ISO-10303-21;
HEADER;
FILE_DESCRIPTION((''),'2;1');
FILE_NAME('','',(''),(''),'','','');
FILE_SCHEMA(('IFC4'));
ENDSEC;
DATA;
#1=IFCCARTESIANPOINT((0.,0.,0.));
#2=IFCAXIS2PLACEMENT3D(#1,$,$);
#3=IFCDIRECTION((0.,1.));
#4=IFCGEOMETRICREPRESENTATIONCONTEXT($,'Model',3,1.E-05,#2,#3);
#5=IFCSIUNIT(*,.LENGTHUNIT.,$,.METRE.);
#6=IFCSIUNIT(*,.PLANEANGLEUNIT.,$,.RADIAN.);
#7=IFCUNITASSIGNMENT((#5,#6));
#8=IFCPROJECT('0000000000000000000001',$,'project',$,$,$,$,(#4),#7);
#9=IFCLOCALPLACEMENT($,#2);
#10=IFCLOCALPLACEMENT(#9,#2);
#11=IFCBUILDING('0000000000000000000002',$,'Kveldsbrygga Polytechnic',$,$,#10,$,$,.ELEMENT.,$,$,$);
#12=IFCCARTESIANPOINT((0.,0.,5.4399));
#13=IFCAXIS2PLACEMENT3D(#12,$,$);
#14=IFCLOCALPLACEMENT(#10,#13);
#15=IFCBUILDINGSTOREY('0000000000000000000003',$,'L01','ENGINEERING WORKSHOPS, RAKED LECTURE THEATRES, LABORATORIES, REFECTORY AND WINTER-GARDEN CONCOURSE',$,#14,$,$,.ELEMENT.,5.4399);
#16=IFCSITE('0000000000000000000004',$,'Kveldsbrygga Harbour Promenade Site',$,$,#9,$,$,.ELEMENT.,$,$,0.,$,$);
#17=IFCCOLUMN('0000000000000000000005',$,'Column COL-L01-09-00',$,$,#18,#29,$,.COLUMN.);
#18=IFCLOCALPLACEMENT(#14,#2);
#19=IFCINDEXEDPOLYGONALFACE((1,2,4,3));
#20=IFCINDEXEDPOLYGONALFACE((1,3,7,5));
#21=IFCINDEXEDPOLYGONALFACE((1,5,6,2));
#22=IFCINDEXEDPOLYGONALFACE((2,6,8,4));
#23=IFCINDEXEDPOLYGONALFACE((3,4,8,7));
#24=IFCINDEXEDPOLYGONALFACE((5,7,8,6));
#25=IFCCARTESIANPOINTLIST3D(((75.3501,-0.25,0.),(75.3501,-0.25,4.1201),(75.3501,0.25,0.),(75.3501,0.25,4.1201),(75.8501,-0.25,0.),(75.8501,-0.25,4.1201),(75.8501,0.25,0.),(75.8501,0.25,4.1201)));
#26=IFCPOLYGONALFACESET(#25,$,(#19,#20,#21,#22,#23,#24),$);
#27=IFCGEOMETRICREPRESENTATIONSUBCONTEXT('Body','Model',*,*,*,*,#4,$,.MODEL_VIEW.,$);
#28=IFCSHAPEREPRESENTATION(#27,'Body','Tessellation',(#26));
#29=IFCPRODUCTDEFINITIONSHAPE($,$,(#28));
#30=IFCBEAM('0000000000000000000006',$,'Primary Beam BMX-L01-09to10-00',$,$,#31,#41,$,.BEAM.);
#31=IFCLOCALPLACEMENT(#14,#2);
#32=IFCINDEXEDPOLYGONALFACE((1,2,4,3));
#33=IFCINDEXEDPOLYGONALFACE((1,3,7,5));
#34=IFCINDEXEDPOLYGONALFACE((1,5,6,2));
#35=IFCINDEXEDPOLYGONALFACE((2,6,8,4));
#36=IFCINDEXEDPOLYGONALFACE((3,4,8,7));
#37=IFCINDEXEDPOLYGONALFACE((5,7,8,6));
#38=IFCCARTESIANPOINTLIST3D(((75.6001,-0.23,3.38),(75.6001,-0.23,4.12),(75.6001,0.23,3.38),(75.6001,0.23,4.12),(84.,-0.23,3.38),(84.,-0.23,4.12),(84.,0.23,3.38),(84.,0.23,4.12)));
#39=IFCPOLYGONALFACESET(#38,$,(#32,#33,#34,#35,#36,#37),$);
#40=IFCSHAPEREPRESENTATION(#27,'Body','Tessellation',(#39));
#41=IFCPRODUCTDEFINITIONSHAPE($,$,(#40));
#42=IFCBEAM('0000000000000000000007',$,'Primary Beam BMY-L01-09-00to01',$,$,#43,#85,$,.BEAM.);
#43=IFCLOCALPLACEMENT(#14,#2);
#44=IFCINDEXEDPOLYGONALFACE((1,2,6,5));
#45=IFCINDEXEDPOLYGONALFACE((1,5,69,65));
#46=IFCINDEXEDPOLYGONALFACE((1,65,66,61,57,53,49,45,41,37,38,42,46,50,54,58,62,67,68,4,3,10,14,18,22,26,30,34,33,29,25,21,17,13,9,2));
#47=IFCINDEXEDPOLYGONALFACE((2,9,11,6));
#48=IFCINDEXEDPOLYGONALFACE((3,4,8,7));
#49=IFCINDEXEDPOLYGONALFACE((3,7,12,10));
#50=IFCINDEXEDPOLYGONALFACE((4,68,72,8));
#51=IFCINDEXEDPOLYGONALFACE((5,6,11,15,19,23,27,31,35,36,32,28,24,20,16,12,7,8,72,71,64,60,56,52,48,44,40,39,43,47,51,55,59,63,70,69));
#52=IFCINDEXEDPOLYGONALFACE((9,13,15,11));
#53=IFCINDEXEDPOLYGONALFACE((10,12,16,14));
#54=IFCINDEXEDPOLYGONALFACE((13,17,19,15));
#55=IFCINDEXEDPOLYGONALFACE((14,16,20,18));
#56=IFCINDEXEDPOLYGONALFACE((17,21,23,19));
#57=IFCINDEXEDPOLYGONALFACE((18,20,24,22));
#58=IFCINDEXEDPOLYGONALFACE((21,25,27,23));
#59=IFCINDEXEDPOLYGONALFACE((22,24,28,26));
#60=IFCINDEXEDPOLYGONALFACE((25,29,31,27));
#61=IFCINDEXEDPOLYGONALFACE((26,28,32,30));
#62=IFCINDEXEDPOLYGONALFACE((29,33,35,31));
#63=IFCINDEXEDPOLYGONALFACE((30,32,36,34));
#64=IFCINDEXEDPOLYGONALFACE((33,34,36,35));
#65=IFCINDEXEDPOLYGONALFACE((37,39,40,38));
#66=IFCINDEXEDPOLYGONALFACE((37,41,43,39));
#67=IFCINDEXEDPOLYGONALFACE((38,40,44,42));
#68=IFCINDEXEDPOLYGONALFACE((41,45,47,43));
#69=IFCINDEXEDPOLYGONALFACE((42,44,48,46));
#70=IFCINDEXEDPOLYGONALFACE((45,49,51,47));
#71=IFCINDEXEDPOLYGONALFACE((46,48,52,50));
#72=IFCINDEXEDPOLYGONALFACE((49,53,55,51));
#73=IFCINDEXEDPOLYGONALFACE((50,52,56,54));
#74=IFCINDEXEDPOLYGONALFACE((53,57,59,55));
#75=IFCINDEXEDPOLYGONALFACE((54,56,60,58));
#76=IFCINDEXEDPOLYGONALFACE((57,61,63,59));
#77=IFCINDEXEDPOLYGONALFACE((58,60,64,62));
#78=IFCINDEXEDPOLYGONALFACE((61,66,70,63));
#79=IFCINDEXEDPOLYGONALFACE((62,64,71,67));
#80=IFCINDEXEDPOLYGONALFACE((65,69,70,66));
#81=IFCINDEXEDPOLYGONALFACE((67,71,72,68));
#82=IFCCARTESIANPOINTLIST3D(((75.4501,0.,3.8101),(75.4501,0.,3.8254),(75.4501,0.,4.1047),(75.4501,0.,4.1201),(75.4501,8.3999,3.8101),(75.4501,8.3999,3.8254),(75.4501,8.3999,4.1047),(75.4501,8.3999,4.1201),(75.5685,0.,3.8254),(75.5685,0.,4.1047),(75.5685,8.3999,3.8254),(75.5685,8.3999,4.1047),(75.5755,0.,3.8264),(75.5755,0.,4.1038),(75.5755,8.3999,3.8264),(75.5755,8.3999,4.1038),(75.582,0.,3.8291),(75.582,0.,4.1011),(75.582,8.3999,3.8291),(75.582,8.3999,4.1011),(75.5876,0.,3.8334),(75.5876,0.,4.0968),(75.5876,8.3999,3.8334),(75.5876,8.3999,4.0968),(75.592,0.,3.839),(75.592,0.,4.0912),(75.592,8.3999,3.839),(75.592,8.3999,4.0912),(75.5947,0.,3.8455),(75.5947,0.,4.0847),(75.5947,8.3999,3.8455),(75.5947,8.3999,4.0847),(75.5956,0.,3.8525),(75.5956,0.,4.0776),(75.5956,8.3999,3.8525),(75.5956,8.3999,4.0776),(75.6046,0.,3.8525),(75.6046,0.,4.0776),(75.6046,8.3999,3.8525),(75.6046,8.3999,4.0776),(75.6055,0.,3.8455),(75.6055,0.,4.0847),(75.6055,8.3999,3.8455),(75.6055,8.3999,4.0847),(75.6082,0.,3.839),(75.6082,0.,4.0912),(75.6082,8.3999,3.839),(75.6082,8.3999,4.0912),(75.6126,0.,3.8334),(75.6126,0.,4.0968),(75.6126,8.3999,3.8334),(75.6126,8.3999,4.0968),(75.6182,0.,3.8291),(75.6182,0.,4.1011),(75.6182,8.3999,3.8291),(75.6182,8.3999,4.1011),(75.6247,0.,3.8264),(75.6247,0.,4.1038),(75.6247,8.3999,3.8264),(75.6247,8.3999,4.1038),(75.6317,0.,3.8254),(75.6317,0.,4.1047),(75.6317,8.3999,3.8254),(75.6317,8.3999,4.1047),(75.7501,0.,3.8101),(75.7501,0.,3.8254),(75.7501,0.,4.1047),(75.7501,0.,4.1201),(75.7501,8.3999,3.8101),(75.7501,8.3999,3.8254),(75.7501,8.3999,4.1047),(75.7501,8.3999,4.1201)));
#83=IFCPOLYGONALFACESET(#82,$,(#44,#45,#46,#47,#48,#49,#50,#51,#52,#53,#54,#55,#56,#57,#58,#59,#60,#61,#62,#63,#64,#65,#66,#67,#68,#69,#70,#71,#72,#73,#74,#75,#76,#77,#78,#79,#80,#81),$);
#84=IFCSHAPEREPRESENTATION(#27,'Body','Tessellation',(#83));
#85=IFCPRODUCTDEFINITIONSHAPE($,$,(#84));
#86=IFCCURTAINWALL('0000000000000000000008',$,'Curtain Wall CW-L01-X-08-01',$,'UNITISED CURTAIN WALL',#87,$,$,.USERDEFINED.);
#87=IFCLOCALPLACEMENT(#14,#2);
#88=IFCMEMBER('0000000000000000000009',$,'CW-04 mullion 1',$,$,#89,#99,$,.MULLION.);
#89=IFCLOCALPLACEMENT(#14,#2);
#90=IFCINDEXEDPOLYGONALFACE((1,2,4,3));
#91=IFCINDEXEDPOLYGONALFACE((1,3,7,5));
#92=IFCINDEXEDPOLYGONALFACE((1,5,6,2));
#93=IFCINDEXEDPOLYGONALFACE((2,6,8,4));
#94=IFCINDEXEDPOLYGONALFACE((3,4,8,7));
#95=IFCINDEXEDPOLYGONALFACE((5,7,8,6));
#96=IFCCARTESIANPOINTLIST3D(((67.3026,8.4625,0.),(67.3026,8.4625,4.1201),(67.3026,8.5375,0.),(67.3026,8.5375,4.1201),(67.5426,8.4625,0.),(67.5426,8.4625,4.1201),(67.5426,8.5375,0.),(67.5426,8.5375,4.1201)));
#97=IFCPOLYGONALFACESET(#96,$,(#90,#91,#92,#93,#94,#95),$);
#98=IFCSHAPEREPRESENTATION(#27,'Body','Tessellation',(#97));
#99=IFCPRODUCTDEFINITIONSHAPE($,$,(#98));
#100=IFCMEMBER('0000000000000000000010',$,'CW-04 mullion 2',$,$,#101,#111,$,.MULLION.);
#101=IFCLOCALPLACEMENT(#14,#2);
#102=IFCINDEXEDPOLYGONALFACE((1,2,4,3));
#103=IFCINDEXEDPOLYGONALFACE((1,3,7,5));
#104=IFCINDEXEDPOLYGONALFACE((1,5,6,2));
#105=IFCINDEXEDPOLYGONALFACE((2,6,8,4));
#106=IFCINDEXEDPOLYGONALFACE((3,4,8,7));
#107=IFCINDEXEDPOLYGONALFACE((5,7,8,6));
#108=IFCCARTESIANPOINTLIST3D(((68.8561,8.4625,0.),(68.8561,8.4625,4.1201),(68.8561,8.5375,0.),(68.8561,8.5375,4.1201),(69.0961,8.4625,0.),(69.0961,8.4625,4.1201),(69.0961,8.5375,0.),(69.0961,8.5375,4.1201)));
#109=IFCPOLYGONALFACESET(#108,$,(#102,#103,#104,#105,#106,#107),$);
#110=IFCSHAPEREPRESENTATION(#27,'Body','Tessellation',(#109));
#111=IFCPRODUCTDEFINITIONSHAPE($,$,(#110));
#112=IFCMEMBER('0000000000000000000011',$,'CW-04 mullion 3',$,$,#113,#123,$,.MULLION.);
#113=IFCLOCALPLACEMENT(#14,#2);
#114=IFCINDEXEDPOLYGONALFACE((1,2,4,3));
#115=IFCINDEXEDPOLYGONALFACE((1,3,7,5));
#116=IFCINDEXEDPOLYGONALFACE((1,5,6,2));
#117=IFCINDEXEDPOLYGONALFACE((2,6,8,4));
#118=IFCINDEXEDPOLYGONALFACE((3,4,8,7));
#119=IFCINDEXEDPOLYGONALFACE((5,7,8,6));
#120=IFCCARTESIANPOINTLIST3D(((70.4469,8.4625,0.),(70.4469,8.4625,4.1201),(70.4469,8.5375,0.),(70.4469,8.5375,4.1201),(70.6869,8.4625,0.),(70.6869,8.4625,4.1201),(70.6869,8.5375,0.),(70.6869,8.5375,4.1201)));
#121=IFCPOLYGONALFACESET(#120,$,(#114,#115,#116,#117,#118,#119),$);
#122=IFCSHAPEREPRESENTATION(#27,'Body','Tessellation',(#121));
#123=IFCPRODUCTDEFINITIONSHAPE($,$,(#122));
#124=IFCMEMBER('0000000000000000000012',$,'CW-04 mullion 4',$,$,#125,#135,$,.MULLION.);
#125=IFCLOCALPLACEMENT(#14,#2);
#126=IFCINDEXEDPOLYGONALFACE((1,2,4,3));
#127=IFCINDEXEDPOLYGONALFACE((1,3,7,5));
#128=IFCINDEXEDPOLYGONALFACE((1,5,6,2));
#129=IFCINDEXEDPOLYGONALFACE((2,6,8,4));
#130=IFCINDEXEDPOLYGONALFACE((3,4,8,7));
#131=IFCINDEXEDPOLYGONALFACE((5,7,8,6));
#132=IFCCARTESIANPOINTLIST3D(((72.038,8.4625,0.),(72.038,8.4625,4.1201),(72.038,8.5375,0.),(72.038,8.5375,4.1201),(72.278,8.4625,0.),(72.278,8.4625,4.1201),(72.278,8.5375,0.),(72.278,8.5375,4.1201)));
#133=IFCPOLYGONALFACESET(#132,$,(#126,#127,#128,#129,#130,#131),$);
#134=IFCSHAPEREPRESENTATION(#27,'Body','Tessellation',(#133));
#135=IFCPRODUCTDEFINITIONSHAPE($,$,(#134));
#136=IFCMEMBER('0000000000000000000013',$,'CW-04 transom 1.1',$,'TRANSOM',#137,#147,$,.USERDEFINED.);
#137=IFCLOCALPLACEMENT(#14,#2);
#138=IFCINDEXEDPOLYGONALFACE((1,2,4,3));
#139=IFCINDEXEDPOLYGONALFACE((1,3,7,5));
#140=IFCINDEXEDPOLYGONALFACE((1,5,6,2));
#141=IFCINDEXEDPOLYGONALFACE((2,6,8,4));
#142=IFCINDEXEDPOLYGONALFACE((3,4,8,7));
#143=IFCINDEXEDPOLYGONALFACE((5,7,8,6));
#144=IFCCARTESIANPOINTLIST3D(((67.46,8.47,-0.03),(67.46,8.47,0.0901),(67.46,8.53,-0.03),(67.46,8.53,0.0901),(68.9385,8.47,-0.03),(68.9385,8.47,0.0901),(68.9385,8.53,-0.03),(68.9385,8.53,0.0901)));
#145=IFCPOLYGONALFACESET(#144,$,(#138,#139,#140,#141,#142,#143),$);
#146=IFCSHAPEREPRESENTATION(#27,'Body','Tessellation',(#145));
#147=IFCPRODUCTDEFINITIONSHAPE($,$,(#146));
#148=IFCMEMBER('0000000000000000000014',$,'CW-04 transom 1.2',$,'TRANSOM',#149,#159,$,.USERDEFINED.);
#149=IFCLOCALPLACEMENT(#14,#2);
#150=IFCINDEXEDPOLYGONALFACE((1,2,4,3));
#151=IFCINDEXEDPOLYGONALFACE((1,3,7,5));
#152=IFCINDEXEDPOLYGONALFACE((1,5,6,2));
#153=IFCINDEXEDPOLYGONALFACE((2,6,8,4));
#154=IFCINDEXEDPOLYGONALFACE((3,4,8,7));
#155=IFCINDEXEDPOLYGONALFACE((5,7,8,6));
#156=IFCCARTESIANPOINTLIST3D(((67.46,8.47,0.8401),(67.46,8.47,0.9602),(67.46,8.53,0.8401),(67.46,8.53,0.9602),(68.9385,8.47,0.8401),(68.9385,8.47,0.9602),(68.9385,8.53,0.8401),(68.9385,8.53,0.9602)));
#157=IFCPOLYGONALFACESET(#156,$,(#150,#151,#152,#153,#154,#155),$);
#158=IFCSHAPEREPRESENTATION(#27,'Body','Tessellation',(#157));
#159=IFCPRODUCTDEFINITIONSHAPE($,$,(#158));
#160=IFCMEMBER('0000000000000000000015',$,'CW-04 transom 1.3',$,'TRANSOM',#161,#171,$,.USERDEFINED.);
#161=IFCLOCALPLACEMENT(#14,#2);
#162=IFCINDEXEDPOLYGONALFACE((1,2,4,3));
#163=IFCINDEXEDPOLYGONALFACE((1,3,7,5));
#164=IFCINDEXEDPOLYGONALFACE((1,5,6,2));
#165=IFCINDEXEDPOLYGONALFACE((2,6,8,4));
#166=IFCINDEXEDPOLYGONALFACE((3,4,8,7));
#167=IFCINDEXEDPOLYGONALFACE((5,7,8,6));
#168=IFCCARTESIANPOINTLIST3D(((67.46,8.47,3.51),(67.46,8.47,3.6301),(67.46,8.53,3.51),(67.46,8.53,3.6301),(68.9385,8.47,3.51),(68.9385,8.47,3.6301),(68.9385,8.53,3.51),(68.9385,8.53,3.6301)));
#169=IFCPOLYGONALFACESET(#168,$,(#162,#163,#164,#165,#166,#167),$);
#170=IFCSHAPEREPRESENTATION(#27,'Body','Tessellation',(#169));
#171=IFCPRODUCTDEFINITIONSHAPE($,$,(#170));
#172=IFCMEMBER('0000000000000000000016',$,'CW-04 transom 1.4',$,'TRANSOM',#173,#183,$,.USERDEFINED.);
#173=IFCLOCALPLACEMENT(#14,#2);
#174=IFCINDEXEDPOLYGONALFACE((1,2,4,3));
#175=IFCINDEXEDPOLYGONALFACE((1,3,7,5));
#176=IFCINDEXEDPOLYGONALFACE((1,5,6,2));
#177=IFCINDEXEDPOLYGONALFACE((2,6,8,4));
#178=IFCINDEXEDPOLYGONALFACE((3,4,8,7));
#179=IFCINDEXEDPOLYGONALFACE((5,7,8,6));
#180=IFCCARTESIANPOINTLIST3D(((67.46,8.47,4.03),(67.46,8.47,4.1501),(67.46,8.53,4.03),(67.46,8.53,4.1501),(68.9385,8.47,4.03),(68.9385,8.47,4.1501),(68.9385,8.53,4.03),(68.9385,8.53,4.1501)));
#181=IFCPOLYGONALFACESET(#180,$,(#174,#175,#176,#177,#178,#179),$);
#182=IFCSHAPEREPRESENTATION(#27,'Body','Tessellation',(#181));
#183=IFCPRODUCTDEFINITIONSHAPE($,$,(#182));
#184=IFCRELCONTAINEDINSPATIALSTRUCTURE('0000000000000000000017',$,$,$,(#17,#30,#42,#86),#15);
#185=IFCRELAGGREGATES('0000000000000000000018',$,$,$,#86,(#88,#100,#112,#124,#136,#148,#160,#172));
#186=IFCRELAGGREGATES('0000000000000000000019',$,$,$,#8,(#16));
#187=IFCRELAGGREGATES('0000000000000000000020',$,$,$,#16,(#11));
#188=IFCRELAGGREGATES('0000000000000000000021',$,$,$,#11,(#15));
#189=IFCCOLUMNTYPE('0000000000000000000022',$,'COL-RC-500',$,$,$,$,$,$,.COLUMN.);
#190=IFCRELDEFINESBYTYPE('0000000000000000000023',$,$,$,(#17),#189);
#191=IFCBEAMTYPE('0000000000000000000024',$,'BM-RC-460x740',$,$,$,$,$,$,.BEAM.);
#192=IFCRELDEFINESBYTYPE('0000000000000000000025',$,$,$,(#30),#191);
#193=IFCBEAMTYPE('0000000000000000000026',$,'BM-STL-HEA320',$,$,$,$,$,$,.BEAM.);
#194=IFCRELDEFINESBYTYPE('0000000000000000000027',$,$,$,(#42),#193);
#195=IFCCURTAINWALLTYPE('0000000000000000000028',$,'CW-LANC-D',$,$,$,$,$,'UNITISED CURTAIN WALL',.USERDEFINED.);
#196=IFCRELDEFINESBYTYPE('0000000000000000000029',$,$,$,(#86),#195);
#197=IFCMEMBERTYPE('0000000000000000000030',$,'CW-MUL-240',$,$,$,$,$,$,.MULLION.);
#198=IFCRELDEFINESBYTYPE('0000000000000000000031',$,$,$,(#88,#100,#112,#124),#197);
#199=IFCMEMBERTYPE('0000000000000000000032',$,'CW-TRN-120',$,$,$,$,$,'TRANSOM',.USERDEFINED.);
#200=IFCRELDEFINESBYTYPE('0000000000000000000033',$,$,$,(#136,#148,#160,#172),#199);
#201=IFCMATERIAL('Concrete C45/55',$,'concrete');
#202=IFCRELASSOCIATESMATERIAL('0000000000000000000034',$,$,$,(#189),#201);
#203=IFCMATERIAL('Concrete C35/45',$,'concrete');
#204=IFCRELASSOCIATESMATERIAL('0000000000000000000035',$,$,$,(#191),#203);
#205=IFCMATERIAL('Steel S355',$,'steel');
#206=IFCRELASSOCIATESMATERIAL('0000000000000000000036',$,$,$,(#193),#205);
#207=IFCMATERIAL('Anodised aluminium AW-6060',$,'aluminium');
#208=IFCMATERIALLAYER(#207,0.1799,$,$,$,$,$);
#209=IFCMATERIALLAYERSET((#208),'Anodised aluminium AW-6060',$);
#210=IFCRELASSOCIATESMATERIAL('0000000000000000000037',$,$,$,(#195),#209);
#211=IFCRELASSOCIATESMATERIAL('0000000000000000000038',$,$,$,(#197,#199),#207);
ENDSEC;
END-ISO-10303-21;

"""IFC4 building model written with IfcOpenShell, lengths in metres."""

from ifc_helpers import new_model, si_unit, direction, frame, origin, origin_2d, place, context, subcontext, project, spatial, rectangle, i_section, extrude, material, layer, layer_set, material_profile, profile_set, type_object, element, aggregate, save


model = new_model("IFC4")

# Units and contexts
model_context = context("Model", 3, precision=1e-05, world=origin(), true_north=direction((0.0, 1.0)))
body_context = subcontext(model_context, "Body", "Model", "MODEL_VIEW")
ifc_project = project(units=[si_unit("LENGTHUNIT", "METRE"), si_unit("PLANEANGLEUNIT", "RADIAN")], contexts=[model_context])

# Site, building, storey
site_placement = place(None, origin())
site = spatial("IfcSite", under=ifc_project, at=site_placement, Name="Kveldsbrygga Harbour Promenade Site", CompositionType="ELEMENT", RefElevation=0.0)
building_placement = place(site_placement, origin())
building = spatial("IfcBuilding", under=site, at=building_placement, Name="Kveldsbrygga Polytechnic", CompositionType="ELEMENT")
storey_placement = place(building_placement, frame((0.0, 0.0, 5.4399)))
storey = spatial("IfcBuildingStorey", under=building, at=storey_placement, Name="L01", Description="ENGINEERING WORKSHOPS, RAKED LECTURE THEATRES, LABORATORIES, REFECTORY AND WINTER-GARDEN CONCOURSE", CompositionType="ELEMENT", Elevation=5.4399)

# Column
ifc_material_1 = material(Name="Concrete C45/55", Category="concrete")
ifc_material_profile_1 = material_profile(ifc_material_1, rectangle(XDim=0.5, YDim=0.5, at=origin_2d()), Name="RC 500x500")
ifc_profile_set_1 = profile_set([ifc_material_profile_1], Name="Concrete C45/55")
column_type = type_object("IfcColumnType", Name="COL-RC-500", PredefinedType="COLUMN", material=ifc_profile_set_1)
column_placement = place(storey_placement, frame((75.6001, 0.0, 0.0), z_axis=(0.0, 0.0, 1.0), x_axis=(1.0, 0.0, 0.0)))
element("IfcColumn", 1, at=column_placement, inside=storey, type_object=column_type, Name="Column COL-L01-09-00", PredefinedType="COLUMN", context=body_context, shape_type="SweptSolid", body=[
    extrude(rectangle(XDim=0.5, YDim=0.5, at=origin_2d()), origin(), (0.0, 0.0, 1.0), 4.1201),
])

# Beams
ifc_material_2 = material(Name="Concrete C35/45", Category="concrete")
ifc_material_profile_2 = material_profile(ifc_material_2, rectangle(XDim=0.46, YDim=0.74, at=origin_2d()), Name="RC 460x740")
ifc_profile_set_2 = profile_set([ifc_material_profile_2], Name="Concrete C35/45")
beam_type_1 = type_object("IfcBeamType", Name="BM-RC-460x740", PredefinedType="BEAM", material=ifc_profile_set_2)
beam_1_placement = place(storey_placement, frame((75.6001, 0.0, 3.75), z_axis=(1.0, 0.0, 0.0), x_axis=(0.0, 1.0, 0.0)))
element("IfcBeam", 2, at=beam_1_placement, inside=storey, type_object=beam_type_1, Name="Primary Beam BMX-L01-09to10-00", PredefinedType="BEAM", context=body_context, shape_type="SweptSolid", body=[
    extrude(rectangle(XDim=0.46, YDim=0.74, at=origin_2d()), origin(), (0.0, 0.0, 1.0), 8.3999),
])
ifc_material_3 = material(Name="Steel S355", Category="steel")
ifc_material_profile_3 = material_profile(ifc_material_3, i_section(OverallWidth=0.3, OverallDepth=0.3101, WebThickness=0.009, FlangeThickness=0.0154, FilletRadius=0.0271, at=origin_2d()), Name="HEA 320")
ifc_profile_set_3 = profile_set([ifc_material_profile_3], Name="Steel S355")
beam_type_2 = type_object("IfcBeamType", Name="BM-STL-HEA320", PredefinedType="BEAM", material=ifc_profile_set_3)
beam_2_placement = place(storey_placement, frame((75.6001, 0.0, 3.9651), z_axis=(0.0, 1.0, 0.0), x_axis=(-1.0, 0.0, 0.0)))
element("IfcBeam", 3, at=beam_2_placement, inside=storey, type_object=beam_type_2, Name="Primary Beam BMY-L01-09-00to01", PredefinedType="BEAM", context=body_context, shape_type="SweptSolid", body=[
    extrude(i_section(OverallWidth=0.3, OverallDepth=0.3101, WebThickness=0.009, FlangeThickness=0.0154, FilletRadius=0.0271, at=origin_2d()), origin(), (0.0, 0.0, 1.0), 8.3999),
])

# Curtain wall, members
ifc_material_4 = material(Name="Anodised aluminium AW-6060", Category="aluminium")
ifc_layer_1 = layer(ifc_material_4, 0.1799)
ifc_layer_set_1 = layer_set([ifc_layer_1], Name="Anodised aluminium AW-6060")
curtain_wall_type = type_object("IfcCurtainWallType", Name="CW-LANC-D", ElementType="UNITISED CURTAIN WALL", PredefinedType="USERDEFINED", material=ifc_layer_set_1)
curtain_wall_placement = place(storey_placement, origin())
curtain_wall = element("IfcCurtainWall", 4, at=curtain_wall_placement, inside=storey, type_object=curtain_wall_type, Name="Curtain Wall CW-L01-X-08-01", ObjectType="UNITISED CURTAIN WALL", PredefinedType="USERDEFINED")
ifc_material_profile_4 = material_profile(ifc_material_4, rectangle(XDim=0.075, YDim=0.24, at=origin_2d()), Name="ALU 75x240")
ifc_profile_set_4 = profile_set([ifc_material_profile_4], Name="Anodised aluminium AW-6060")
member_type_1 = type_object("IfcMemberType", Name="CW-MUL-240", PredefinedType="MULLION", material=ifc_profile_set_4)
member_1_placement = place(storey_placement, frame((67.4226, 8.5, 0.0), z_axis=(0.0, 0.0, 1.0), x_axis=(0.0, 1.0, 0.0)))
member_1 = element("IfcMember", 5, at=member_1_placement, type_object=member_type_1, Name="CW-04 mullion 1", PredefinedType="MULLION", context=body_context, shape_type="SweptSolid", body=[
    extrude(rectangle(XDim=0.075, YDim=0.24, at=origin_2d()), origin(), (0.0, 0.0, 1.0), 4.1201),
])
member_2_placement = place(storey_placement, frame((68.9761, 8.5, 0.0), z_axis=(0.0, 0.0, 1.0), x_axis=(0.0, 1.0, 0.0)))
member_2 = element("IfcMember", 6, at=member_2_placement, type_object=member_type_1, Name="CW-04 mullion 2", PredefinedType="MULLION", context=body_context, shape_type="SweptSolid", body=[
    extrude(rectangle(XDim=0.075, YDim=0.24, at=origin_2d()), origin(), (0.0, 0.0, 1.0), 4.1201),
])
member_3_placement = place(storey_placement, frame((70.5669, 8.5, 0.0), z_axis=(0.0, 0.0, 1.0), x_axis=(0.0, 1.0, 0.0)))
member_3 = element("IfcMember", 7, at=member_3_placement, type_object=member_type_1, Name="CW-04 mullion 3", PredefinedType="MULLION", context=body_context, shape_type="SweptSolid", body=[
    extrude(rectangle(XDim=0.075, YDim=0.24, at=origin_2d()), origin(), (0.0, 0.0, 1.0), 4.1201),
])
member_4_placement = place(storey_placement, frame((72.158, 8.5, 0.0), z_axis=(0.0, 0.0, 1.0), x_axis=(0.0, 1.0, 0.0)))
member_4 = element("IfcMember", 8, at=member_4_placement, type_object=member_type_1, Name="CW-04 mullion 4", PredefinedType="MULLION", context=body_context, shape_type="SweptSolid", body=[
    extrude(rectangle(XDim=0.075, YDim=0.24, at=origin_2d()), origin(), (0.0, 0.0, 1.0), 4.1201),
])
ifc_material_profile_5 = material_profile(ifc_material_4, rectangle(XDim=0.0601, YDim=0.1201, at=origin_2d()), Name="ALU 60x120")
ifc_profile_set_5 = profile_set([ifc_material_profile_5], Name="Anodised aluminium AW-6060")
member_type_2 = type_object("IfcMemberType", Name="CW-TRN-120", ElementType="TRANSOM", PredefinedType="USERDEFINED", material=ifc_profile_set_5)
member_5_placement = place(storey_placement, frame((67.46, 8.5, 0.03), z_axis=(1.0, 0.0, 0.0), x_axis=(0.0, 1.0, 0.0)))
member_5 = element("IfcMember", 9, at=member_5_placement, type_object=member_type_2, Name="CW-04 transom 1.1", ObjectType="TRANSOM", PredefinedType="USERDEFINED", context=body_context, shape_type="SweptSolid", body=[
    extrude(rectangle(XDim=0.0601, YDim=0.1201, at=origin_2d()), origin(), (0.0, 0.0, 1.0), 1.4785),
])
member_6_placement = place(storey_placement, frame((67.46, 8.5, 0.9001), z_axis=(1.0, 0.0, 0.0), x_axis=(0.0, 1.0, 0.0)))
member_6 = element("IfcMember", 10, at=member_6_placement, type_object=member_type_2, Name="CW-04 transom 1.2", ObjectType="TRANSOM", PredefinedType="USERDEFINED", context=body_context, shape_type="SweptSolid", body=[
    extrude(rectangle(XDim=0.0601, YDim=0.1201, at=origin_2d()), origin(), (0.0, 0.0, 1.0), 1.4785),
])
member_7_placement = place(storey_placement, frame((67.46, 8.5, 3.5701), z_axis=(1.0, 0.0, 0.0), x_axis=(0.0, 1.0, 0.0)))
member_7 = element("IfcMember", 11, at=member_7_placement, type_object=member_type_2, Name="CW-04 transom 1.3", ObjectType="TRANSOM", PredefinedType="USERDEFINED", context=body_context, shape_type="SweptSolid", body=[
    extrude(rectangle(XDim=0.0601, YDim=0.1201, at=origin_2d()), origin(), (0.0, 0.0, 1.0), 1.4785),
])
member_8_placement = place(storey_placement, frame((67.46, 8.5, 4.0901), z_axis=(1.0, 0.0, 0.0), x_axis=(0.0, 1.0, 0.0)))
member_8 = element("IfcMember", 12, at=member_8_placement, type_object=member_type_2, Name="CW-04 transom 1.4", ObjectType="TRANSOM", PredefinedType="USERDEFINED", context=body_context, shape_type="SweptSolid", body=[
    extrude(rectangle(XDim=0.0601, YDim=0.1201, at=origin_2d()), origin(), (0.0, 0.0, 1.0), 1.4785),
])

aggregate(curtain_wall, [member_1, member_2, member_3, member_4, member_5, member_6, member_7, member_8])

save(model, "model.ifc")
